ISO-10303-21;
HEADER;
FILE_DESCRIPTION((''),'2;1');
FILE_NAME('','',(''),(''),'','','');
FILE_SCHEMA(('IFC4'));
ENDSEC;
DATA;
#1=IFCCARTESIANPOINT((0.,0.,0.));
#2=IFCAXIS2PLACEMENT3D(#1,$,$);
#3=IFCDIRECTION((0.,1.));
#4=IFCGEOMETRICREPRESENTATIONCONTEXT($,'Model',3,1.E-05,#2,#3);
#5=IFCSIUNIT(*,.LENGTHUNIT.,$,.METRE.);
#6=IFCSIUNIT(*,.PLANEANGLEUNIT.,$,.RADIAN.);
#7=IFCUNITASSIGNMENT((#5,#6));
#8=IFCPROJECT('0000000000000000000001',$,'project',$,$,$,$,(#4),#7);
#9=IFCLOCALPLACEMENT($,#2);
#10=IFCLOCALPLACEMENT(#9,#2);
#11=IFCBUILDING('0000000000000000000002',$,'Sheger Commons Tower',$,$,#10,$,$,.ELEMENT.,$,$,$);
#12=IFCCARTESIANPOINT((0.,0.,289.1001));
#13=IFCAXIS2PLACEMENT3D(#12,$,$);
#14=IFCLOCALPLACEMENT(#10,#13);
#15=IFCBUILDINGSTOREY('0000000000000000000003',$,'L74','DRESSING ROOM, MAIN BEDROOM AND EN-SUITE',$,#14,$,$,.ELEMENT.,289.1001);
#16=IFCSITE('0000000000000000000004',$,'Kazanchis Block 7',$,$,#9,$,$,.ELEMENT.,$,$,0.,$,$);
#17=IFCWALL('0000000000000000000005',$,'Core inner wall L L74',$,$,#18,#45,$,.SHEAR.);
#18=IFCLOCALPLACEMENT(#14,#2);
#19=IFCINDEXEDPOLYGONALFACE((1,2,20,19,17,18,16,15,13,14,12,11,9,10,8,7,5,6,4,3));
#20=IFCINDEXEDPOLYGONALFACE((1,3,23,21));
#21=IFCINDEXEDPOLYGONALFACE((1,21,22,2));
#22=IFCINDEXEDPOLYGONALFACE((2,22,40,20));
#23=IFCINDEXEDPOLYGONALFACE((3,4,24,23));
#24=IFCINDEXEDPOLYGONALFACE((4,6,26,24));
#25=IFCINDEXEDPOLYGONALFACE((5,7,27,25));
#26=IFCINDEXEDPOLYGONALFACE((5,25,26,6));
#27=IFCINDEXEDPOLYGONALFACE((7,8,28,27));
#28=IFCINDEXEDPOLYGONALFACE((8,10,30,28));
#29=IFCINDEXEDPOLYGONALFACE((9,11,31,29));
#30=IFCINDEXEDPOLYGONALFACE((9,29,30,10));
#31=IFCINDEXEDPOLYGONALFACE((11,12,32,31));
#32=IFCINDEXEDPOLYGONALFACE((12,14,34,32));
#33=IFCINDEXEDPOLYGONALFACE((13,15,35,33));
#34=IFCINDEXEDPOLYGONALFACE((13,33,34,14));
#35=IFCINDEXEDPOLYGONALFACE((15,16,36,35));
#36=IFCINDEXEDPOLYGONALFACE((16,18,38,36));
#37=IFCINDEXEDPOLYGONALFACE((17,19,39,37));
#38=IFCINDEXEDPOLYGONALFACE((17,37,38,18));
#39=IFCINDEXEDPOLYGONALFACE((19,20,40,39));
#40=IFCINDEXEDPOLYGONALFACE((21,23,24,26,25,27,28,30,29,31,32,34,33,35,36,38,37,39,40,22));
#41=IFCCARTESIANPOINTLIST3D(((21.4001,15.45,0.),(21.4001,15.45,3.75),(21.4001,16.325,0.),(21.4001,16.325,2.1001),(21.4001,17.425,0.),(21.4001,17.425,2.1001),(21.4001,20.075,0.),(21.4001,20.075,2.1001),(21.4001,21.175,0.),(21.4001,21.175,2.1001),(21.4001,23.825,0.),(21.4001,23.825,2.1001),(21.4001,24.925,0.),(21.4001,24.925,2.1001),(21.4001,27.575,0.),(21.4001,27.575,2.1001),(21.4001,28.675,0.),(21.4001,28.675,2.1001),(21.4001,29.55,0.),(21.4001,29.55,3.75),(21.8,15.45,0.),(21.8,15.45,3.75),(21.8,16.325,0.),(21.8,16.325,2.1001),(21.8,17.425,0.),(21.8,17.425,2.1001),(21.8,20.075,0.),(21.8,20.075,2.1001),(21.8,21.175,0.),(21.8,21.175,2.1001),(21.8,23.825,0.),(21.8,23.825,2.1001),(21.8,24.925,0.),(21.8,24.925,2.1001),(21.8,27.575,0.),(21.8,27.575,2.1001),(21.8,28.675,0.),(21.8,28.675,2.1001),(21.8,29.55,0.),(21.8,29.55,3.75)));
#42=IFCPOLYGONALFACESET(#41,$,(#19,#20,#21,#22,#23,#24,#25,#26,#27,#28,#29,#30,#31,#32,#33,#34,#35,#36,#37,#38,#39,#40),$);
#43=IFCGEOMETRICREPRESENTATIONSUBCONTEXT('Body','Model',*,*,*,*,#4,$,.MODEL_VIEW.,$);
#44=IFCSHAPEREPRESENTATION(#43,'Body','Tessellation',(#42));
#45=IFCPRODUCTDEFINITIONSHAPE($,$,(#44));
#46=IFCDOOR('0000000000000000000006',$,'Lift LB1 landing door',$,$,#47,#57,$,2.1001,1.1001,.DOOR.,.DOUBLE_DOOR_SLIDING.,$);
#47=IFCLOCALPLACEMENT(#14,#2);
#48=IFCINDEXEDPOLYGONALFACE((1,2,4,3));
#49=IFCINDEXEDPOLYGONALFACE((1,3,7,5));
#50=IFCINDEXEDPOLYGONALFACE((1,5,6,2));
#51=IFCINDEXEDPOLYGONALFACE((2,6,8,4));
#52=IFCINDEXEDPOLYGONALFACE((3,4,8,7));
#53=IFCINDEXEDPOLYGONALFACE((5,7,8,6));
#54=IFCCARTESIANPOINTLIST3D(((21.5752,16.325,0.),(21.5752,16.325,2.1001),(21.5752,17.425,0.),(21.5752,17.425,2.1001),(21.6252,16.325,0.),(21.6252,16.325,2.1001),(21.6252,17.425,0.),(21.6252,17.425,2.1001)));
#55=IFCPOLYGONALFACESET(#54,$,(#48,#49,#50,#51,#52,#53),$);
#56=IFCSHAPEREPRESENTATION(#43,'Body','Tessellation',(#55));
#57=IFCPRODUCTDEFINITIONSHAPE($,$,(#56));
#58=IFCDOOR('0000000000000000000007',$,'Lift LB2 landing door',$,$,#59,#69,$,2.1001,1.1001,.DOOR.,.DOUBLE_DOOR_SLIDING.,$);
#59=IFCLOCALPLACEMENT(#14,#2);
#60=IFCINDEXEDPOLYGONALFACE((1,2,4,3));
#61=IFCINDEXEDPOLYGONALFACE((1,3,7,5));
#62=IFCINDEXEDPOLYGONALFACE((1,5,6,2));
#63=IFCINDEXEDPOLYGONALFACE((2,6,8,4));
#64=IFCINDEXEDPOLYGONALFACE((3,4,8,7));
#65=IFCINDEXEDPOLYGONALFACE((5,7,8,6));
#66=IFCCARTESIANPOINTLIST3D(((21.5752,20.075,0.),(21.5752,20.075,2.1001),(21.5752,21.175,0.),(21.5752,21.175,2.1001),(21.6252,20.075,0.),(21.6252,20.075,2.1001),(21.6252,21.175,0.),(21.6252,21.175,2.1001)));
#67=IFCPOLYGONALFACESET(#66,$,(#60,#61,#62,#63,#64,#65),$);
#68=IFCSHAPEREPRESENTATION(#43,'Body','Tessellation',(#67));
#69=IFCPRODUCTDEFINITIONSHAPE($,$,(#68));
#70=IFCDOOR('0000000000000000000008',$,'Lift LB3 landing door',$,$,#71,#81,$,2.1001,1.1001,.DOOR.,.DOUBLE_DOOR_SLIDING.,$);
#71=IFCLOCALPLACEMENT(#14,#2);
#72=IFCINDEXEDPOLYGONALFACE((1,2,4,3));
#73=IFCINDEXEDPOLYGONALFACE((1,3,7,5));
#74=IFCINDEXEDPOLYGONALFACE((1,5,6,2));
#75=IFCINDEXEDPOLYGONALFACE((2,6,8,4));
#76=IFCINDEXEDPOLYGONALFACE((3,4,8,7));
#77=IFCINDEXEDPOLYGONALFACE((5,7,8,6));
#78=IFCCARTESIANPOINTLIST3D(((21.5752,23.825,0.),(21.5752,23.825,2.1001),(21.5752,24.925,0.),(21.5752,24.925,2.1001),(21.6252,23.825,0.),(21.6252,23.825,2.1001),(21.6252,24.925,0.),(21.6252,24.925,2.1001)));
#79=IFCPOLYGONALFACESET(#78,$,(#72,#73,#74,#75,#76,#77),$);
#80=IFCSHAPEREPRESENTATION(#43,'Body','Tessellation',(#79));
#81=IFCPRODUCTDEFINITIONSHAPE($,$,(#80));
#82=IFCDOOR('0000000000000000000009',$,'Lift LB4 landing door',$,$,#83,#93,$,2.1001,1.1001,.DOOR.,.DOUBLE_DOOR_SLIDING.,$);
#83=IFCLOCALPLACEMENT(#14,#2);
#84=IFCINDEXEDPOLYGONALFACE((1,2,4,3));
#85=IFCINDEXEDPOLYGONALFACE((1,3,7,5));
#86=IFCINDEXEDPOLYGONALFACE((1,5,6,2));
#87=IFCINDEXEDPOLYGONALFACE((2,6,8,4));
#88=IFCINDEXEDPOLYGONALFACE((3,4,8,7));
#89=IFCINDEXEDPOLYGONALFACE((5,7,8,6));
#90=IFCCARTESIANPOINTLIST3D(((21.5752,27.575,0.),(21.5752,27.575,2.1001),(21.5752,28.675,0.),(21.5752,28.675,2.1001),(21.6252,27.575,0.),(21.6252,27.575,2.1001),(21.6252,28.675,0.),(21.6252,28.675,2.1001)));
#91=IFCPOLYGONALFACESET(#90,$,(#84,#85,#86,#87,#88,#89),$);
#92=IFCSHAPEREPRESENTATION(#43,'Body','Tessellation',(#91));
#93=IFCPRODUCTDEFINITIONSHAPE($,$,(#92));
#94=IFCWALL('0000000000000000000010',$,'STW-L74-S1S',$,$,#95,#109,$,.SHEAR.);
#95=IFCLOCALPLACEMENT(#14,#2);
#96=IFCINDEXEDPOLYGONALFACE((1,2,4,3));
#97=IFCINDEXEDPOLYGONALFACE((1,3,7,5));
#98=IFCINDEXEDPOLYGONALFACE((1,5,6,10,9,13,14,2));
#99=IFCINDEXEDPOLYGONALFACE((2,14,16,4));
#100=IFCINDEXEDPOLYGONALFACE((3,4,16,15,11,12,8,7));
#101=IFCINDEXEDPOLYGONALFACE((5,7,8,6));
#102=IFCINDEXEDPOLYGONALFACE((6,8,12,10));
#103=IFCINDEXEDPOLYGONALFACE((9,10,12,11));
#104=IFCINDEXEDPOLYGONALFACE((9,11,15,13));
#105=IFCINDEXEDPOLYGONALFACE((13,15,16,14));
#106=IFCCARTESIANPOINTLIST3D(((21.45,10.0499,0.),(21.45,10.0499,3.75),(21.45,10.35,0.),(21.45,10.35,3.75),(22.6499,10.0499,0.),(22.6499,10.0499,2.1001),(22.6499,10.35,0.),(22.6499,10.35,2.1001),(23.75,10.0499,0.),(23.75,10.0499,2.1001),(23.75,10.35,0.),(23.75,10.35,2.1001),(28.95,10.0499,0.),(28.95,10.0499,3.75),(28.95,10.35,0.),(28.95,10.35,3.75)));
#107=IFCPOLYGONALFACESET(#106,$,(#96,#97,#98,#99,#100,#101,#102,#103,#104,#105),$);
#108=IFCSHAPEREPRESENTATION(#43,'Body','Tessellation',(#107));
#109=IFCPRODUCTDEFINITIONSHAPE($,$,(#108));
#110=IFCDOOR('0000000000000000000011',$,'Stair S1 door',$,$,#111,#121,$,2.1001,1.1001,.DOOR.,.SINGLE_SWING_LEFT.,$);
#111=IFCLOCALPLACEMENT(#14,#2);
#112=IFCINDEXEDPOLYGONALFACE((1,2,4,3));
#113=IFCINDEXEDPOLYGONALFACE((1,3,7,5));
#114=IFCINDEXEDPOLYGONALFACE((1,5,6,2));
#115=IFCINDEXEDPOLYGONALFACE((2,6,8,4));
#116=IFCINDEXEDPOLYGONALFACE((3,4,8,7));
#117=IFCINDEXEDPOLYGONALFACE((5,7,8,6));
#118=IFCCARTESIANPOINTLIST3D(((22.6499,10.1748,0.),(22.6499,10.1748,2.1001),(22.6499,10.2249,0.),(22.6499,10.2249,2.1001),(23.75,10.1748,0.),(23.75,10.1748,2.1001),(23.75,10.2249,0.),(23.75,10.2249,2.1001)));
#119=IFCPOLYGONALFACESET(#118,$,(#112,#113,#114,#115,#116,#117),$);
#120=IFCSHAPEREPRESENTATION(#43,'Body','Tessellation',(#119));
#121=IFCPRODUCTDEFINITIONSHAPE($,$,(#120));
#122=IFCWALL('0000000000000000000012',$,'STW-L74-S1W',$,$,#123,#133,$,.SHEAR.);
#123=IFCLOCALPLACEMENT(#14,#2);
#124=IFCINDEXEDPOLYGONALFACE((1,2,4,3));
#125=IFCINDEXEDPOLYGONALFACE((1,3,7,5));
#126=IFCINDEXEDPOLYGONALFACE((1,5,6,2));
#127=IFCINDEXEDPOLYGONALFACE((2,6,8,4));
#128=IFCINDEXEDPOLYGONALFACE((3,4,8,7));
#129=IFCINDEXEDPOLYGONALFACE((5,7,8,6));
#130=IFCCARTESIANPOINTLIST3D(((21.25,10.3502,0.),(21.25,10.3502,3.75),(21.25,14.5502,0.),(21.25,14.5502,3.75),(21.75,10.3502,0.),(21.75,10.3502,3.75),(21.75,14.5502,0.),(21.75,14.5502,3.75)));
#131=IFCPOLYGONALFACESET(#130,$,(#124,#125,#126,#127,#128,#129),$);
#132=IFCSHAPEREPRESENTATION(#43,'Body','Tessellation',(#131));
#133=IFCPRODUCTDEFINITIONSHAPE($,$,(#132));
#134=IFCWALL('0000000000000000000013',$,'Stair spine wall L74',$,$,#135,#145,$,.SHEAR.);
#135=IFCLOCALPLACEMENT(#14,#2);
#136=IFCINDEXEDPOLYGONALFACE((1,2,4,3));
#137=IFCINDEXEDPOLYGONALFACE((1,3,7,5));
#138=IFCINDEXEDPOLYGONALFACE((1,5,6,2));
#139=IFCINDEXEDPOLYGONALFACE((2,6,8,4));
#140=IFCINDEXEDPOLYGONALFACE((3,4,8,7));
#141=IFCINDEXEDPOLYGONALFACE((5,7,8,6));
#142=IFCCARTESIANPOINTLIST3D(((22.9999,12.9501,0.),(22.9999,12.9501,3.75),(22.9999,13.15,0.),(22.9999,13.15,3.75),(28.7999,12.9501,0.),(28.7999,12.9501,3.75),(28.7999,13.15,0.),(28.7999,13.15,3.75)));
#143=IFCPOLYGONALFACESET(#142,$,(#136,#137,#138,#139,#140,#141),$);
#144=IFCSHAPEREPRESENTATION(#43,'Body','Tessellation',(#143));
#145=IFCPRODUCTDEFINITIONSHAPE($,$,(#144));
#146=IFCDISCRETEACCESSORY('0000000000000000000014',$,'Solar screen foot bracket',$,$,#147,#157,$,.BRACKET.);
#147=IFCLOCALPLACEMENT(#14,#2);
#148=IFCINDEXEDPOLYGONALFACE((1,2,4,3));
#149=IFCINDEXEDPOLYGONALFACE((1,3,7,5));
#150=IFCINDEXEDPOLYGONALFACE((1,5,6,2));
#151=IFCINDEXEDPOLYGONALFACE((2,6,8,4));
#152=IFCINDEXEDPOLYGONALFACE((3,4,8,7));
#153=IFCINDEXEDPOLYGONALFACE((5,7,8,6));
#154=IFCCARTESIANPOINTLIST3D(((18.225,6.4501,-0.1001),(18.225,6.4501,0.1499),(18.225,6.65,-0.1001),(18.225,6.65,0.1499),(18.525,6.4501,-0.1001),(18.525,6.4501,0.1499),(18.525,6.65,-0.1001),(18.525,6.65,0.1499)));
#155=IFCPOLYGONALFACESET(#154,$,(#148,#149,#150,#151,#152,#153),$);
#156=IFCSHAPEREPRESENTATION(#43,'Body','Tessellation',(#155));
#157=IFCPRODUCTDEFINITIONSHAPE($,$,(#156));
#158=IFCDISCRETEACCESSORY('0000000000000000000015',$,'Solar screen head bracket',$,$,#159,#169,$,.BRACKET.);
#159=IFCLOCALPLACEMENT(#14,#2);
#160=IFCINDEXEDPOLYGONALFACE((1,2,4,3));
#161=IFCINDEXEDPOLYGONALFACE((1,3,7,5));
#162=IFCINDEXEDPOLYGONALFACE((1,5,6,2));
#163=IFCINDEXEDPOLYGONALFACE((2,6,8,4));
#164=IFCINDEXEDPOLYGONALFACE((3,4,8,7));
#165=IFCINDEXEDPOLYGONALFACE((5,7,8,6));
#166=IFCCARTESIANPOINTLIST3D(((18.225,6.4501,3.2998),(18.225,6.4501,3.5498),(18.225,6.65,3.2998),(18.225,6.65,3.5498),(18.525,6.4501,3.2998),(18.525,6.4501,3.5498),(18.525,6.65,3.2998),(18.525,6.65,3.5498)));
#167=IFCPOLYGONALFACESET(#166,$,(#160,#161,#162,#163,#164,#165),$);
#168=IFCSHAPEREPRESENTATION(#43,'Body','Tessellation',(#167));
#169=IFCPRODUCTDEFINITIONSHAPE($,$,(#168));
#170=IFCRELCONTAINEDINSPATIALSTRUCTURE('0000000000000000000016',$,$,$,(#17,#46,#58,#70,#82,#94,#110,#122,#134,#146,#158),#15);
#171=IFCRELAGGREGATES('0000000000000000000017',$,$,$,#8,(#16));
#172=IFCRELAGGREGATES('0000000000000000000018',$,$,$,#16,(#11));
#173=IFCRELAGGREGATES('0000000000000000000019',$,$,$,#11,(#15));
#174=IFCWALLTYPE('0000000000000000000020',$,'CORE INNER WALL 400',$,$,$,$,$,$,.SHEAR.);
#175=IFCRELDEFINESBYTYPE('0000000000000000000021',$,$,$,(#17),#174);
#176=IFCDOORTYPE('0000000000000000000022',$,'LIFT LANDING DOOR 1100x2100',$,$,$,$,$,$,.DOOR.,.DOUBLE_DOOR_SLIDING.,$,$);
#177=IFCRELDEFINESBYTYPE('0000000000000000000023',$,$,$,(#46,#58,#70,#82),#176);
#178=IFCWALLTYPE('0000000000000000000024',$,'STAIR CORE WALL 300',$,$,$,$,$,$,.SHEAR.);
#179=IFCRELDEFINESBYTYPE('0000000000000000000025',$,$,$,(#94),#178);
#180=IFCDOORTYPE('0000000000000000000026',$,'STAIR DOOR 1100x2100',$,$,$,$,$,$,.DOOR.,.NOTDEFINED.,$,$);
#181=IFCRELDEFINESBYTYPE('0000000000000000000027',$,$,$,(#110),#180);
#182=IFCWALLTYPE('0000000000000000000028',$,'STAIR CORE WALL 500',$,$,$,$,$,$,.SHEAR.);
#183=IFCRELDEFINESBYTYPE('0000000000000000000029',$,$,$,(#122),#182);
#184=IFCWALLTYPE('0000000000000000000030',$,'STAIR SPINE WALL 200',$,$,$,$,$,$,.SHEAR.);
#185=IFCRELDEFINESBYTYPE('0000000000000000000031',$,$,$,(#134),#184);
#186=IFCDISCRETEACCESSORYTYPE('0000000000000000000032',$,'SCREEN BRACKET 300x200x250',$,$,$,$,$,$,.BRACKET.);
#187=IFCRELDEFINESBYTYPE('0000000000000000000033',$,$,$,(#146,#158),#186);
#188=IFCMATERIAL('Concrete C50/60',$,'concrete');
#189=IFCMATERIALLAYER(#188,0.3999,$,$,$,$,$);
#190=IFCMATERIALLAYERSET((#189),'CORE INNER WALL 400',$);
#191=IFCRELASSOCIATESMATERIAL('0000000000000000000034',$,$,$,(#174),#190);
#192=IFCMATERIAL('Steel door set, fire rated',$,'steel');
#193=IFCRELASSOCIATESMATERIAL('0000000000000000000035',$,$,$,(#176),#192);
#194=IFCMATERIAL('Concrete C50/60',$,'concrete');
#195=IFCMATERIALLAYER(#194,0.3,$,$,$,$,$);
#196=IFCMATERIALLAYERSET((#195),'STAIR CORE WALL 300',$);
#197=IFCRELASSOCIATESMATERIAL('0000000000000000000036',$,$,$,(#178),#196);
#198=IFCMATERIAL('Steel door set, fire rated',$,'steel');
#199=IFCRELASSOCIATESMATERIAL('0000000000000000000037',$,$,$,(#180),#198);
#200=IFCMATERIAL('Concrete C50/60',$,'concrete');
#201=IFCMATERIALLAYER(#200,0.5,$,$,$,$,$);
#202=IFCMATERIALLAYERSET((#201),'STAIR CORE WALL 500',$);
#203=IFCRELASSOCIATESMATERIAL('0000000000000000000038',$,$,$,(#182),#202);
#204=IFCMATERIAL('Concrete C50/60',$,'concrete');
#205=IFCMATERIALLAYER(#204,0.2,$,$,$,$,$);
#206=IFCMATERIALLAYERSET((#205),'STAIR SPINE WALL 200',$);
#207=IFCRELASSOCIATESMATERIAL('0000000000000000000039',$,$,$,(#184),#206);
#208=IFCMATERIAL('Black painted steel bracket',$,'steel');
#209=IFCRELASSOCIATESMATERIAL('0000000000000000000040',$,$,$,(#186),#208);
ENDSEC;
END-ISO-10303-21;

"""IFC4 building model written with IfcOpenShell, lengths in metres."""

from ifc_helpers import new_model, si_unit, direction, frame, frame_2d, origin, origin_2d, place, context, subcontext, project, spatial, rectangle, extrude, material, layer, layer_set, type_object, element, fill, save


model = new_model("IFC4")

# Units and contexts
model_context = context("Model", 3, precision=1e-05, world=origin(), true_north=direction((0.0, 1.0)))
body_context = subcontext(model_context, "Body", "Model", "MODEL_VIEW")
ifc_project = project(units=[si_unit("LENGTHUNIT", "METRE"), si_unit("PLANEANGLEUNIT", "RADIAN")], contexts=[model_context])

# Site, building, storey
site_placement = place(None, origin())
site = spatial("IfcSite", under=ifc_project, at=site_placement, Name="Kazanchis Block 7", CompositionType="ELEMENT", RefElevation=0.0)
building_placement = place(site_placement, origin())
building = spatial("IfcBuilding", under=site, at=building_placement, Name="Sheger Commons Tower", CompositionType="ELEMENT")
storey_placement = place(building_placement, frame((0.0, 0.0, 289.1001)))
storey = spatial("IfcBuildingStorey", under=building, at=storey_placement, Name="L74", Description="DRESSING ROOM, MAIN BEDROOM AND EN-SUITE", CompositionType="ELEMENT", Elevation=289.1001)

# Wall, openings, doors
ifc_material_1 = material(Name="Concrete C50/60", Category="concrete")
ifc_layer_1 = layer(ifc_material_1, 0.3999)
ifc_layer_set_1 = layer_set([ifc_layer_1], Name="CORE INNER WALL 400")
wall_type_1 = type_object("IfcWallType", Name="CORE INNER WALL 400", PredefinedType="SHEAR", material=ifc_layer_set_1)
wall_1_placement = place(storey_placement, frame((21.6001, 15.45, 0.0), z_axis=(0.0, 0.0, 1.0), x_axis=(0.0, 1.0, 0.0)))
wall_1 = element("IfcWall", 1, at=wall_1_placement, inside=storey, type_object=wall_type_1, Name="Core inner wall L L74", PredefinedType="SHEAR", context=body_context, shape_type="SweptSolid", body=[
    extrude(rectangle(XDim=14.1001, YDim=0.3999, at=frame_2d((7.05, 0.0))), origin(), (0.0, 0.0, 1.0), 3.75),
])
opening_1_placement = place(wall_1_placement, frame((0.875, 0.0, 0.0)))
opening_1 = element("IfcOpeningElement", 2, at=opening_1_placement, cuts=wall_1, PredefinedType="OPENING", context=body_context, shape_type="SweptSolid", body=[
    extrude(rectangle(XDim=1.1001, YDim=2.1001, at=frame_2d((0.55, 1.05))), frame((0.0, 0.21, 0.0), z_axis=(0.0, -1.0, 0.0), x_axis=(1.0, 0.0, 0.0)), (0.0, 0.0, 1.0), 0.4199),
])
opening_2_placement = place(wall_1_placement, frame((4.625, 0.0, 0.0)))
opening_2 = element("IfcOpeningElement", 3, at=opening_2_placement, cuts=wall_1, PredefinedType="OPENING", context=body_context, shape_type="SweptSolid", body=[
    extrude(rectangle(XDim=1.1001, YDim=2.1001, at=frame_2d((0.55, 1.05))), frame((0.0, 0.21, 0.0), z_axis=(0.0, -1.0, 0.0), x_axis=(1.0, 0.0, 0.0)), (0.0, 0.0, 1.0), 0.4199),
])
opening_3_placement = place(wall_1_placement, frame((8.375, 0.0, 0.0)))
opening_3 = element("IfcOpeningElement", 4, at=opening_3_placement, cuts=wall_1, PredefinedType="OPENING", context=body_context, shape_type="SweptSolid", body=[
    extrude(rectangle(XDim=1.1001, YDim=2.1001, at=frame_2d((0.55, 1.05))), frame((0.0, 0.21, 0.0), z_axis=(0.0, -1.0, 0.0), x_axis=(1.0, 0.0, 0.0)), (0.0, 0.0, 1.0), 0.4199),
])
opening_4_placement = place(wall_1_placement, frame((12.125, 0.0, 0.0)))
opening_4 = element("IfcOpeningElement", 5, at=opening_4_placement, cuts=wall_1, PredefinedType="OPENING", context=body_context, shape_type="SweptSolid", body=[
    extrude(rectangle(XDim=1.1001, YDim=2.1001, at=frame_2d((0.55, 1.05))), frame((0.0, 0.21, 0.0), z_axis=(0.0, -1.0, 0.0), x_axis=(1.0, 0.0, 0.0)), (0.0, 0.0, 1.0), 0.4199),
])
ifc_material_2 = material(Name="Steel door set, fire rated", Category="steel")
door_type_1 = type_object("IfcDoorType", Name="LIFT LANDING DOOR 1100x2100", OperationType="DOUBLE_DOOR_SLIDING", PredefinedType="DOOR", material=ifc_material_2)
door_1_placement = place(opening_1_placement, origin())
door_1 = element("IfcDoor", 6, at=door_1_placement, inside=storey, type_object=door_type_1, Name="Lift LB1 landing door", OperationType="DOUBLE_DOOR_SLIDING", OverallHeight=2.1001, OverallWidth=1.1001, PredefinedType="DOOR", context=body_context, shape_type="SweptSolid", body=[
    extrude(rectangle(XDim=1.1001, YDim=2.1001, at=frame_2d((0.55, 1.05))), frame((0.0, 0.0249, 0.0), z_axis=(0.0, -1.0, 0.0), x_axis=(1.0, 0.0, 0.0)), (0.0, 0.0, 1.0), 0.05),
])
fill(opening_1, door_1)
door_2_placement = place(opening_2_placement, origin())
door_2 = element("IfcDoor", 7, at=door_2_placement, inside=storey, type_object=door_type_1, Name="Lift LB2 landing door", OperationType="DOUBLE_DOOR_SLIDING", OverallHeight=2.1001, OverallWidth=1.1001, PredefinedType="DOOR", context=body_context, shape_type="SweptSolid", body=[
    extrude(rectangle(XDim=1.1001, YDim=2.1001, at=frame_2d((0.55, 1.05))), frame((0.0, 0.0249, 0.0), z_axis=(0.0, -1.0, 0.0), x_axis=(1.0, 0.0, 0.0)), (0.0, 0.0, 1.0), 0.05),
])
fill(opening_2, door_2)
door_3_placement = place(opening_3_placement, origin())
door_3 = element("IfcDoor", 8, at=door_3_placement, inside=storey, type_object=door_type_1, Name="Lift LB3 landing door", OperationType="DOUBLE_DOOR_SLIDING", OverallHeight=2.1001, OverallWidth=1.1001, PredefinedType="DOOR", context=body_context, shape_type="SweptSolid", body=[
    extrude(rectangle(XDim=1.1001, YDim=2.1001, at=frame_2d((0.55, 1.05))), frame((0.0, 0.0249, 0.0), z_axis=(0.0, -1.0, 0.0), x_axis=(1.0, 0.0, 0.0)), (0.0, 0.0, 1.0), 0.05),
])
fill(opening_3, door_3)
door_4_placement = place(opening_4_placement, origin())
door_4 = element("IfcDoor", 9, at=door_4_placement, inside=storey, type_object=door_type_1, Name="Lift LB4 landing door", OperationType="DOUBLE_DOOR_SLIDING", OverallHeight=2.1001, OverallWidth=1.1001, PredefinedType="DOOR", context=body_context, shape_type="SweptSolid", body=[
    extrude(rectangle(XDim=1.1001, YDim=2.1001, at=frame_2d((0.55, 1.05))), frame((0.0, 0.0249, 0.0), z_axis=(0.0, -1.0, 0.0), x_axis=(1.0, 0.0, 0.0)), (0.0, 0.0, 1.0), 0.05),
])
fill(opening_4, door_4)

# Wall, opening, door
ifc_material_3 = material(Name="Concrete C50/60", Category="concrete")
ifc_layer_2 = layer(ifc_material_3, 0.3)
ifc_layer_set_2 = layer_set([ifc_layer_2], Name="STAIR CORE WALL 300")
wall_type_2 = type_object("IfcWallType", Name="STAIR CORE WALL 300", PredefinedType="SHEAR", material=ifc_layer_set_2)
wall_2_placement = place(storey_placement, frame((21.45, 10.2, 0.0), z_axis=(0.0, 0.0, 1.0), x_axis=(1.0, 0.0, 0.0)))
wall_2 = element("IfcWall", 10, at=wall_2_placement, inside=storey, type_object=wall_type_2, Name="STW-L74-S1S", PredefinedType="SHEAR", context=body_context, shape_type="SweptSolid", body=[
    extrude(rectangle(XDim=7.5, YDim=0.3, at=frame_2d((3.75, 0.0))), origin(), (0.0, 0.0, 1.0), 3.75),
])
opening_5_placement = place(wall_2_placement, frame((1.2, 0.0, 0.0)))
opening_5 = element("IfcOpeningElement", 11, at=opening_5_placement, cuts=wall_2, PredefinedType="OPENING", context=body_context, shape_type="SweptSolid", body=[
    extrude(rectangle(XDim=1.1001, YDim=2.1001, at=frame_2d((0.55, 1.05))), frame((0.0, 0.1599, 0.0), z_axis=(0.0, -1.0, 0.0), x_axis=(1.0, 0.0, 0.0)), (0.0, 0.0, 1.0), 0.3201),
])
ifc_material_4 = material(Name="Steel door set, fire rated", Category="steel")
door_type_2 = type_object("IfcDoorType", Name="STAIR DOOR 1100x2100", OperationType="NOTDEFINED", PredefinedType="DOOR", material=ifc_material_4)
door_5_placement = place(opening_5_placement, origin())
door_5 = element("IfcDoor", 12, at=door_5_placement, inside=storey, type_object=door_type_2, Name="Stair S1 door", OperationType="SINGLE_SWING_LEFT", OverallHeight=2.1001, OverallWidth=1.1001, PredefinedType="DOOR", context=body_context, shape_type="SweptSolid", body=[
    extrude(rectangle(XDim=1.1001, YDim=2.1001, at=frame_2d((0.55, 1.05))), frame((0.0, 0.0249, 0.0), z_axis=(0.0, -1.0, 0.0), x_axis=(1.0, 0.0, 0.0)), (0.0, 0.0, 1.0), 0.05),
])
fill(opening_5, door_5)

# Walls
ifc_material_5 = material(Name="Concrete C50/60", Category="concrete")
ifc_layer_3 = layer(ifc_material_5, 0.5)
ifc_layer_set_3 = layer_set([ifc_layer_3], Name="STAIR CORE WALL 500")
wall_type_3 = type_object("IfcWallType", Name="STAIR CORE WALL 500", PredefinedType="SHEAR", material=ifc_layer_set_3)
wall_3_placement = place(storey_placement, frame((21.5, 10.3501, 0.0), z_axis=(0.0, 0.0, 1.0), x_axis=(0.0, 1.0, 0.0)))
element("IfcWall", 13, at=wall_3_placement, inside=storey, type_object=wall_type_3, Name="STW-L74-S1W", PredefinedType="SHEAR", context=body_context, shape_type="SweptSolid", body=[
    extrude(rectangle(XDim=4.2, YDim=0.5, at=frame_2d((2.1001, 0.0))), origin(), (0.0, 0.0, 1.0), 3.75),
])
ifc_material_6 = material(Name="Concrete C50/60", Category="concrete")
ifc_layer_4 = layer(ifc_material_6, 0.2)
ifc_layer_set_4 = layer_set([ifc_layer_4], Name="STAIR SPINE WALL 200")
wall_type_4 = type_object("IfcWallType", Name="STAIR SPINE WALL 200", PredefinedType="SHEAR", material=ifc_layer_set_4)
wall_4_placement = place(storey_placement, frame((23.0, 13.05, 0.0), z_axis=(0.0, 0.0, 1.0), x_axis=(1.0, 0.0, 0.0)))
element("IfcWall", 14, at=wall_4_placement, inside=storey, type_object=wall_type_4, Name="Stair spine wall L74", PredefinedType="SHEAR", context=body_context, shape_type="SweptSolid", body=[
    extrude(rectangle(XDim=5.8, YDim=0.2, at=frame_2d((2.8999, 0.0))), origin(), (0.0, 0.0, 1.0), 3.75),
])

# Discrete accessories
ifc_material_7 = material(Name="Black painted steel bracket", Category="steel")
discrete_accessory_type = type_object("IfcDiscreteAccessoryType", Name="SCREEN BRACKET 300x200x250", PredefinedType="BRACKET", material=ifc_material_7)
for number, where, z_axis, x_axis, name in (
    (15, (18.375, 6.55, -0.1001), (0.0, 0.0, 1.0), (1.0, 0.0, 0.0), "Solar screen foot bracket"),
    (16, (18.375, 6.55, 3.2998), (0.0, 0.0, 1.0), (1.0, 0.0, 0.0), "Solar screen head bracket"),
):
    element("IfcDiscreteAccessory", number, at=place(storey_placement, frame(where, z_axis=z_axis, x_axis=x_axis)), inside=storey, type_object=discrete_accessory_type, Name=name, PredefinedType="BRACKET", context=body_context, shape_type="SweptSolid", body=[
        extrude(rectangle(XDim=0.3, YDim=0.2, at=origin_2d()), origin(), (0.0, 0.0, 1.0), 0.25),
    ])

save(model, "model.ifc")
